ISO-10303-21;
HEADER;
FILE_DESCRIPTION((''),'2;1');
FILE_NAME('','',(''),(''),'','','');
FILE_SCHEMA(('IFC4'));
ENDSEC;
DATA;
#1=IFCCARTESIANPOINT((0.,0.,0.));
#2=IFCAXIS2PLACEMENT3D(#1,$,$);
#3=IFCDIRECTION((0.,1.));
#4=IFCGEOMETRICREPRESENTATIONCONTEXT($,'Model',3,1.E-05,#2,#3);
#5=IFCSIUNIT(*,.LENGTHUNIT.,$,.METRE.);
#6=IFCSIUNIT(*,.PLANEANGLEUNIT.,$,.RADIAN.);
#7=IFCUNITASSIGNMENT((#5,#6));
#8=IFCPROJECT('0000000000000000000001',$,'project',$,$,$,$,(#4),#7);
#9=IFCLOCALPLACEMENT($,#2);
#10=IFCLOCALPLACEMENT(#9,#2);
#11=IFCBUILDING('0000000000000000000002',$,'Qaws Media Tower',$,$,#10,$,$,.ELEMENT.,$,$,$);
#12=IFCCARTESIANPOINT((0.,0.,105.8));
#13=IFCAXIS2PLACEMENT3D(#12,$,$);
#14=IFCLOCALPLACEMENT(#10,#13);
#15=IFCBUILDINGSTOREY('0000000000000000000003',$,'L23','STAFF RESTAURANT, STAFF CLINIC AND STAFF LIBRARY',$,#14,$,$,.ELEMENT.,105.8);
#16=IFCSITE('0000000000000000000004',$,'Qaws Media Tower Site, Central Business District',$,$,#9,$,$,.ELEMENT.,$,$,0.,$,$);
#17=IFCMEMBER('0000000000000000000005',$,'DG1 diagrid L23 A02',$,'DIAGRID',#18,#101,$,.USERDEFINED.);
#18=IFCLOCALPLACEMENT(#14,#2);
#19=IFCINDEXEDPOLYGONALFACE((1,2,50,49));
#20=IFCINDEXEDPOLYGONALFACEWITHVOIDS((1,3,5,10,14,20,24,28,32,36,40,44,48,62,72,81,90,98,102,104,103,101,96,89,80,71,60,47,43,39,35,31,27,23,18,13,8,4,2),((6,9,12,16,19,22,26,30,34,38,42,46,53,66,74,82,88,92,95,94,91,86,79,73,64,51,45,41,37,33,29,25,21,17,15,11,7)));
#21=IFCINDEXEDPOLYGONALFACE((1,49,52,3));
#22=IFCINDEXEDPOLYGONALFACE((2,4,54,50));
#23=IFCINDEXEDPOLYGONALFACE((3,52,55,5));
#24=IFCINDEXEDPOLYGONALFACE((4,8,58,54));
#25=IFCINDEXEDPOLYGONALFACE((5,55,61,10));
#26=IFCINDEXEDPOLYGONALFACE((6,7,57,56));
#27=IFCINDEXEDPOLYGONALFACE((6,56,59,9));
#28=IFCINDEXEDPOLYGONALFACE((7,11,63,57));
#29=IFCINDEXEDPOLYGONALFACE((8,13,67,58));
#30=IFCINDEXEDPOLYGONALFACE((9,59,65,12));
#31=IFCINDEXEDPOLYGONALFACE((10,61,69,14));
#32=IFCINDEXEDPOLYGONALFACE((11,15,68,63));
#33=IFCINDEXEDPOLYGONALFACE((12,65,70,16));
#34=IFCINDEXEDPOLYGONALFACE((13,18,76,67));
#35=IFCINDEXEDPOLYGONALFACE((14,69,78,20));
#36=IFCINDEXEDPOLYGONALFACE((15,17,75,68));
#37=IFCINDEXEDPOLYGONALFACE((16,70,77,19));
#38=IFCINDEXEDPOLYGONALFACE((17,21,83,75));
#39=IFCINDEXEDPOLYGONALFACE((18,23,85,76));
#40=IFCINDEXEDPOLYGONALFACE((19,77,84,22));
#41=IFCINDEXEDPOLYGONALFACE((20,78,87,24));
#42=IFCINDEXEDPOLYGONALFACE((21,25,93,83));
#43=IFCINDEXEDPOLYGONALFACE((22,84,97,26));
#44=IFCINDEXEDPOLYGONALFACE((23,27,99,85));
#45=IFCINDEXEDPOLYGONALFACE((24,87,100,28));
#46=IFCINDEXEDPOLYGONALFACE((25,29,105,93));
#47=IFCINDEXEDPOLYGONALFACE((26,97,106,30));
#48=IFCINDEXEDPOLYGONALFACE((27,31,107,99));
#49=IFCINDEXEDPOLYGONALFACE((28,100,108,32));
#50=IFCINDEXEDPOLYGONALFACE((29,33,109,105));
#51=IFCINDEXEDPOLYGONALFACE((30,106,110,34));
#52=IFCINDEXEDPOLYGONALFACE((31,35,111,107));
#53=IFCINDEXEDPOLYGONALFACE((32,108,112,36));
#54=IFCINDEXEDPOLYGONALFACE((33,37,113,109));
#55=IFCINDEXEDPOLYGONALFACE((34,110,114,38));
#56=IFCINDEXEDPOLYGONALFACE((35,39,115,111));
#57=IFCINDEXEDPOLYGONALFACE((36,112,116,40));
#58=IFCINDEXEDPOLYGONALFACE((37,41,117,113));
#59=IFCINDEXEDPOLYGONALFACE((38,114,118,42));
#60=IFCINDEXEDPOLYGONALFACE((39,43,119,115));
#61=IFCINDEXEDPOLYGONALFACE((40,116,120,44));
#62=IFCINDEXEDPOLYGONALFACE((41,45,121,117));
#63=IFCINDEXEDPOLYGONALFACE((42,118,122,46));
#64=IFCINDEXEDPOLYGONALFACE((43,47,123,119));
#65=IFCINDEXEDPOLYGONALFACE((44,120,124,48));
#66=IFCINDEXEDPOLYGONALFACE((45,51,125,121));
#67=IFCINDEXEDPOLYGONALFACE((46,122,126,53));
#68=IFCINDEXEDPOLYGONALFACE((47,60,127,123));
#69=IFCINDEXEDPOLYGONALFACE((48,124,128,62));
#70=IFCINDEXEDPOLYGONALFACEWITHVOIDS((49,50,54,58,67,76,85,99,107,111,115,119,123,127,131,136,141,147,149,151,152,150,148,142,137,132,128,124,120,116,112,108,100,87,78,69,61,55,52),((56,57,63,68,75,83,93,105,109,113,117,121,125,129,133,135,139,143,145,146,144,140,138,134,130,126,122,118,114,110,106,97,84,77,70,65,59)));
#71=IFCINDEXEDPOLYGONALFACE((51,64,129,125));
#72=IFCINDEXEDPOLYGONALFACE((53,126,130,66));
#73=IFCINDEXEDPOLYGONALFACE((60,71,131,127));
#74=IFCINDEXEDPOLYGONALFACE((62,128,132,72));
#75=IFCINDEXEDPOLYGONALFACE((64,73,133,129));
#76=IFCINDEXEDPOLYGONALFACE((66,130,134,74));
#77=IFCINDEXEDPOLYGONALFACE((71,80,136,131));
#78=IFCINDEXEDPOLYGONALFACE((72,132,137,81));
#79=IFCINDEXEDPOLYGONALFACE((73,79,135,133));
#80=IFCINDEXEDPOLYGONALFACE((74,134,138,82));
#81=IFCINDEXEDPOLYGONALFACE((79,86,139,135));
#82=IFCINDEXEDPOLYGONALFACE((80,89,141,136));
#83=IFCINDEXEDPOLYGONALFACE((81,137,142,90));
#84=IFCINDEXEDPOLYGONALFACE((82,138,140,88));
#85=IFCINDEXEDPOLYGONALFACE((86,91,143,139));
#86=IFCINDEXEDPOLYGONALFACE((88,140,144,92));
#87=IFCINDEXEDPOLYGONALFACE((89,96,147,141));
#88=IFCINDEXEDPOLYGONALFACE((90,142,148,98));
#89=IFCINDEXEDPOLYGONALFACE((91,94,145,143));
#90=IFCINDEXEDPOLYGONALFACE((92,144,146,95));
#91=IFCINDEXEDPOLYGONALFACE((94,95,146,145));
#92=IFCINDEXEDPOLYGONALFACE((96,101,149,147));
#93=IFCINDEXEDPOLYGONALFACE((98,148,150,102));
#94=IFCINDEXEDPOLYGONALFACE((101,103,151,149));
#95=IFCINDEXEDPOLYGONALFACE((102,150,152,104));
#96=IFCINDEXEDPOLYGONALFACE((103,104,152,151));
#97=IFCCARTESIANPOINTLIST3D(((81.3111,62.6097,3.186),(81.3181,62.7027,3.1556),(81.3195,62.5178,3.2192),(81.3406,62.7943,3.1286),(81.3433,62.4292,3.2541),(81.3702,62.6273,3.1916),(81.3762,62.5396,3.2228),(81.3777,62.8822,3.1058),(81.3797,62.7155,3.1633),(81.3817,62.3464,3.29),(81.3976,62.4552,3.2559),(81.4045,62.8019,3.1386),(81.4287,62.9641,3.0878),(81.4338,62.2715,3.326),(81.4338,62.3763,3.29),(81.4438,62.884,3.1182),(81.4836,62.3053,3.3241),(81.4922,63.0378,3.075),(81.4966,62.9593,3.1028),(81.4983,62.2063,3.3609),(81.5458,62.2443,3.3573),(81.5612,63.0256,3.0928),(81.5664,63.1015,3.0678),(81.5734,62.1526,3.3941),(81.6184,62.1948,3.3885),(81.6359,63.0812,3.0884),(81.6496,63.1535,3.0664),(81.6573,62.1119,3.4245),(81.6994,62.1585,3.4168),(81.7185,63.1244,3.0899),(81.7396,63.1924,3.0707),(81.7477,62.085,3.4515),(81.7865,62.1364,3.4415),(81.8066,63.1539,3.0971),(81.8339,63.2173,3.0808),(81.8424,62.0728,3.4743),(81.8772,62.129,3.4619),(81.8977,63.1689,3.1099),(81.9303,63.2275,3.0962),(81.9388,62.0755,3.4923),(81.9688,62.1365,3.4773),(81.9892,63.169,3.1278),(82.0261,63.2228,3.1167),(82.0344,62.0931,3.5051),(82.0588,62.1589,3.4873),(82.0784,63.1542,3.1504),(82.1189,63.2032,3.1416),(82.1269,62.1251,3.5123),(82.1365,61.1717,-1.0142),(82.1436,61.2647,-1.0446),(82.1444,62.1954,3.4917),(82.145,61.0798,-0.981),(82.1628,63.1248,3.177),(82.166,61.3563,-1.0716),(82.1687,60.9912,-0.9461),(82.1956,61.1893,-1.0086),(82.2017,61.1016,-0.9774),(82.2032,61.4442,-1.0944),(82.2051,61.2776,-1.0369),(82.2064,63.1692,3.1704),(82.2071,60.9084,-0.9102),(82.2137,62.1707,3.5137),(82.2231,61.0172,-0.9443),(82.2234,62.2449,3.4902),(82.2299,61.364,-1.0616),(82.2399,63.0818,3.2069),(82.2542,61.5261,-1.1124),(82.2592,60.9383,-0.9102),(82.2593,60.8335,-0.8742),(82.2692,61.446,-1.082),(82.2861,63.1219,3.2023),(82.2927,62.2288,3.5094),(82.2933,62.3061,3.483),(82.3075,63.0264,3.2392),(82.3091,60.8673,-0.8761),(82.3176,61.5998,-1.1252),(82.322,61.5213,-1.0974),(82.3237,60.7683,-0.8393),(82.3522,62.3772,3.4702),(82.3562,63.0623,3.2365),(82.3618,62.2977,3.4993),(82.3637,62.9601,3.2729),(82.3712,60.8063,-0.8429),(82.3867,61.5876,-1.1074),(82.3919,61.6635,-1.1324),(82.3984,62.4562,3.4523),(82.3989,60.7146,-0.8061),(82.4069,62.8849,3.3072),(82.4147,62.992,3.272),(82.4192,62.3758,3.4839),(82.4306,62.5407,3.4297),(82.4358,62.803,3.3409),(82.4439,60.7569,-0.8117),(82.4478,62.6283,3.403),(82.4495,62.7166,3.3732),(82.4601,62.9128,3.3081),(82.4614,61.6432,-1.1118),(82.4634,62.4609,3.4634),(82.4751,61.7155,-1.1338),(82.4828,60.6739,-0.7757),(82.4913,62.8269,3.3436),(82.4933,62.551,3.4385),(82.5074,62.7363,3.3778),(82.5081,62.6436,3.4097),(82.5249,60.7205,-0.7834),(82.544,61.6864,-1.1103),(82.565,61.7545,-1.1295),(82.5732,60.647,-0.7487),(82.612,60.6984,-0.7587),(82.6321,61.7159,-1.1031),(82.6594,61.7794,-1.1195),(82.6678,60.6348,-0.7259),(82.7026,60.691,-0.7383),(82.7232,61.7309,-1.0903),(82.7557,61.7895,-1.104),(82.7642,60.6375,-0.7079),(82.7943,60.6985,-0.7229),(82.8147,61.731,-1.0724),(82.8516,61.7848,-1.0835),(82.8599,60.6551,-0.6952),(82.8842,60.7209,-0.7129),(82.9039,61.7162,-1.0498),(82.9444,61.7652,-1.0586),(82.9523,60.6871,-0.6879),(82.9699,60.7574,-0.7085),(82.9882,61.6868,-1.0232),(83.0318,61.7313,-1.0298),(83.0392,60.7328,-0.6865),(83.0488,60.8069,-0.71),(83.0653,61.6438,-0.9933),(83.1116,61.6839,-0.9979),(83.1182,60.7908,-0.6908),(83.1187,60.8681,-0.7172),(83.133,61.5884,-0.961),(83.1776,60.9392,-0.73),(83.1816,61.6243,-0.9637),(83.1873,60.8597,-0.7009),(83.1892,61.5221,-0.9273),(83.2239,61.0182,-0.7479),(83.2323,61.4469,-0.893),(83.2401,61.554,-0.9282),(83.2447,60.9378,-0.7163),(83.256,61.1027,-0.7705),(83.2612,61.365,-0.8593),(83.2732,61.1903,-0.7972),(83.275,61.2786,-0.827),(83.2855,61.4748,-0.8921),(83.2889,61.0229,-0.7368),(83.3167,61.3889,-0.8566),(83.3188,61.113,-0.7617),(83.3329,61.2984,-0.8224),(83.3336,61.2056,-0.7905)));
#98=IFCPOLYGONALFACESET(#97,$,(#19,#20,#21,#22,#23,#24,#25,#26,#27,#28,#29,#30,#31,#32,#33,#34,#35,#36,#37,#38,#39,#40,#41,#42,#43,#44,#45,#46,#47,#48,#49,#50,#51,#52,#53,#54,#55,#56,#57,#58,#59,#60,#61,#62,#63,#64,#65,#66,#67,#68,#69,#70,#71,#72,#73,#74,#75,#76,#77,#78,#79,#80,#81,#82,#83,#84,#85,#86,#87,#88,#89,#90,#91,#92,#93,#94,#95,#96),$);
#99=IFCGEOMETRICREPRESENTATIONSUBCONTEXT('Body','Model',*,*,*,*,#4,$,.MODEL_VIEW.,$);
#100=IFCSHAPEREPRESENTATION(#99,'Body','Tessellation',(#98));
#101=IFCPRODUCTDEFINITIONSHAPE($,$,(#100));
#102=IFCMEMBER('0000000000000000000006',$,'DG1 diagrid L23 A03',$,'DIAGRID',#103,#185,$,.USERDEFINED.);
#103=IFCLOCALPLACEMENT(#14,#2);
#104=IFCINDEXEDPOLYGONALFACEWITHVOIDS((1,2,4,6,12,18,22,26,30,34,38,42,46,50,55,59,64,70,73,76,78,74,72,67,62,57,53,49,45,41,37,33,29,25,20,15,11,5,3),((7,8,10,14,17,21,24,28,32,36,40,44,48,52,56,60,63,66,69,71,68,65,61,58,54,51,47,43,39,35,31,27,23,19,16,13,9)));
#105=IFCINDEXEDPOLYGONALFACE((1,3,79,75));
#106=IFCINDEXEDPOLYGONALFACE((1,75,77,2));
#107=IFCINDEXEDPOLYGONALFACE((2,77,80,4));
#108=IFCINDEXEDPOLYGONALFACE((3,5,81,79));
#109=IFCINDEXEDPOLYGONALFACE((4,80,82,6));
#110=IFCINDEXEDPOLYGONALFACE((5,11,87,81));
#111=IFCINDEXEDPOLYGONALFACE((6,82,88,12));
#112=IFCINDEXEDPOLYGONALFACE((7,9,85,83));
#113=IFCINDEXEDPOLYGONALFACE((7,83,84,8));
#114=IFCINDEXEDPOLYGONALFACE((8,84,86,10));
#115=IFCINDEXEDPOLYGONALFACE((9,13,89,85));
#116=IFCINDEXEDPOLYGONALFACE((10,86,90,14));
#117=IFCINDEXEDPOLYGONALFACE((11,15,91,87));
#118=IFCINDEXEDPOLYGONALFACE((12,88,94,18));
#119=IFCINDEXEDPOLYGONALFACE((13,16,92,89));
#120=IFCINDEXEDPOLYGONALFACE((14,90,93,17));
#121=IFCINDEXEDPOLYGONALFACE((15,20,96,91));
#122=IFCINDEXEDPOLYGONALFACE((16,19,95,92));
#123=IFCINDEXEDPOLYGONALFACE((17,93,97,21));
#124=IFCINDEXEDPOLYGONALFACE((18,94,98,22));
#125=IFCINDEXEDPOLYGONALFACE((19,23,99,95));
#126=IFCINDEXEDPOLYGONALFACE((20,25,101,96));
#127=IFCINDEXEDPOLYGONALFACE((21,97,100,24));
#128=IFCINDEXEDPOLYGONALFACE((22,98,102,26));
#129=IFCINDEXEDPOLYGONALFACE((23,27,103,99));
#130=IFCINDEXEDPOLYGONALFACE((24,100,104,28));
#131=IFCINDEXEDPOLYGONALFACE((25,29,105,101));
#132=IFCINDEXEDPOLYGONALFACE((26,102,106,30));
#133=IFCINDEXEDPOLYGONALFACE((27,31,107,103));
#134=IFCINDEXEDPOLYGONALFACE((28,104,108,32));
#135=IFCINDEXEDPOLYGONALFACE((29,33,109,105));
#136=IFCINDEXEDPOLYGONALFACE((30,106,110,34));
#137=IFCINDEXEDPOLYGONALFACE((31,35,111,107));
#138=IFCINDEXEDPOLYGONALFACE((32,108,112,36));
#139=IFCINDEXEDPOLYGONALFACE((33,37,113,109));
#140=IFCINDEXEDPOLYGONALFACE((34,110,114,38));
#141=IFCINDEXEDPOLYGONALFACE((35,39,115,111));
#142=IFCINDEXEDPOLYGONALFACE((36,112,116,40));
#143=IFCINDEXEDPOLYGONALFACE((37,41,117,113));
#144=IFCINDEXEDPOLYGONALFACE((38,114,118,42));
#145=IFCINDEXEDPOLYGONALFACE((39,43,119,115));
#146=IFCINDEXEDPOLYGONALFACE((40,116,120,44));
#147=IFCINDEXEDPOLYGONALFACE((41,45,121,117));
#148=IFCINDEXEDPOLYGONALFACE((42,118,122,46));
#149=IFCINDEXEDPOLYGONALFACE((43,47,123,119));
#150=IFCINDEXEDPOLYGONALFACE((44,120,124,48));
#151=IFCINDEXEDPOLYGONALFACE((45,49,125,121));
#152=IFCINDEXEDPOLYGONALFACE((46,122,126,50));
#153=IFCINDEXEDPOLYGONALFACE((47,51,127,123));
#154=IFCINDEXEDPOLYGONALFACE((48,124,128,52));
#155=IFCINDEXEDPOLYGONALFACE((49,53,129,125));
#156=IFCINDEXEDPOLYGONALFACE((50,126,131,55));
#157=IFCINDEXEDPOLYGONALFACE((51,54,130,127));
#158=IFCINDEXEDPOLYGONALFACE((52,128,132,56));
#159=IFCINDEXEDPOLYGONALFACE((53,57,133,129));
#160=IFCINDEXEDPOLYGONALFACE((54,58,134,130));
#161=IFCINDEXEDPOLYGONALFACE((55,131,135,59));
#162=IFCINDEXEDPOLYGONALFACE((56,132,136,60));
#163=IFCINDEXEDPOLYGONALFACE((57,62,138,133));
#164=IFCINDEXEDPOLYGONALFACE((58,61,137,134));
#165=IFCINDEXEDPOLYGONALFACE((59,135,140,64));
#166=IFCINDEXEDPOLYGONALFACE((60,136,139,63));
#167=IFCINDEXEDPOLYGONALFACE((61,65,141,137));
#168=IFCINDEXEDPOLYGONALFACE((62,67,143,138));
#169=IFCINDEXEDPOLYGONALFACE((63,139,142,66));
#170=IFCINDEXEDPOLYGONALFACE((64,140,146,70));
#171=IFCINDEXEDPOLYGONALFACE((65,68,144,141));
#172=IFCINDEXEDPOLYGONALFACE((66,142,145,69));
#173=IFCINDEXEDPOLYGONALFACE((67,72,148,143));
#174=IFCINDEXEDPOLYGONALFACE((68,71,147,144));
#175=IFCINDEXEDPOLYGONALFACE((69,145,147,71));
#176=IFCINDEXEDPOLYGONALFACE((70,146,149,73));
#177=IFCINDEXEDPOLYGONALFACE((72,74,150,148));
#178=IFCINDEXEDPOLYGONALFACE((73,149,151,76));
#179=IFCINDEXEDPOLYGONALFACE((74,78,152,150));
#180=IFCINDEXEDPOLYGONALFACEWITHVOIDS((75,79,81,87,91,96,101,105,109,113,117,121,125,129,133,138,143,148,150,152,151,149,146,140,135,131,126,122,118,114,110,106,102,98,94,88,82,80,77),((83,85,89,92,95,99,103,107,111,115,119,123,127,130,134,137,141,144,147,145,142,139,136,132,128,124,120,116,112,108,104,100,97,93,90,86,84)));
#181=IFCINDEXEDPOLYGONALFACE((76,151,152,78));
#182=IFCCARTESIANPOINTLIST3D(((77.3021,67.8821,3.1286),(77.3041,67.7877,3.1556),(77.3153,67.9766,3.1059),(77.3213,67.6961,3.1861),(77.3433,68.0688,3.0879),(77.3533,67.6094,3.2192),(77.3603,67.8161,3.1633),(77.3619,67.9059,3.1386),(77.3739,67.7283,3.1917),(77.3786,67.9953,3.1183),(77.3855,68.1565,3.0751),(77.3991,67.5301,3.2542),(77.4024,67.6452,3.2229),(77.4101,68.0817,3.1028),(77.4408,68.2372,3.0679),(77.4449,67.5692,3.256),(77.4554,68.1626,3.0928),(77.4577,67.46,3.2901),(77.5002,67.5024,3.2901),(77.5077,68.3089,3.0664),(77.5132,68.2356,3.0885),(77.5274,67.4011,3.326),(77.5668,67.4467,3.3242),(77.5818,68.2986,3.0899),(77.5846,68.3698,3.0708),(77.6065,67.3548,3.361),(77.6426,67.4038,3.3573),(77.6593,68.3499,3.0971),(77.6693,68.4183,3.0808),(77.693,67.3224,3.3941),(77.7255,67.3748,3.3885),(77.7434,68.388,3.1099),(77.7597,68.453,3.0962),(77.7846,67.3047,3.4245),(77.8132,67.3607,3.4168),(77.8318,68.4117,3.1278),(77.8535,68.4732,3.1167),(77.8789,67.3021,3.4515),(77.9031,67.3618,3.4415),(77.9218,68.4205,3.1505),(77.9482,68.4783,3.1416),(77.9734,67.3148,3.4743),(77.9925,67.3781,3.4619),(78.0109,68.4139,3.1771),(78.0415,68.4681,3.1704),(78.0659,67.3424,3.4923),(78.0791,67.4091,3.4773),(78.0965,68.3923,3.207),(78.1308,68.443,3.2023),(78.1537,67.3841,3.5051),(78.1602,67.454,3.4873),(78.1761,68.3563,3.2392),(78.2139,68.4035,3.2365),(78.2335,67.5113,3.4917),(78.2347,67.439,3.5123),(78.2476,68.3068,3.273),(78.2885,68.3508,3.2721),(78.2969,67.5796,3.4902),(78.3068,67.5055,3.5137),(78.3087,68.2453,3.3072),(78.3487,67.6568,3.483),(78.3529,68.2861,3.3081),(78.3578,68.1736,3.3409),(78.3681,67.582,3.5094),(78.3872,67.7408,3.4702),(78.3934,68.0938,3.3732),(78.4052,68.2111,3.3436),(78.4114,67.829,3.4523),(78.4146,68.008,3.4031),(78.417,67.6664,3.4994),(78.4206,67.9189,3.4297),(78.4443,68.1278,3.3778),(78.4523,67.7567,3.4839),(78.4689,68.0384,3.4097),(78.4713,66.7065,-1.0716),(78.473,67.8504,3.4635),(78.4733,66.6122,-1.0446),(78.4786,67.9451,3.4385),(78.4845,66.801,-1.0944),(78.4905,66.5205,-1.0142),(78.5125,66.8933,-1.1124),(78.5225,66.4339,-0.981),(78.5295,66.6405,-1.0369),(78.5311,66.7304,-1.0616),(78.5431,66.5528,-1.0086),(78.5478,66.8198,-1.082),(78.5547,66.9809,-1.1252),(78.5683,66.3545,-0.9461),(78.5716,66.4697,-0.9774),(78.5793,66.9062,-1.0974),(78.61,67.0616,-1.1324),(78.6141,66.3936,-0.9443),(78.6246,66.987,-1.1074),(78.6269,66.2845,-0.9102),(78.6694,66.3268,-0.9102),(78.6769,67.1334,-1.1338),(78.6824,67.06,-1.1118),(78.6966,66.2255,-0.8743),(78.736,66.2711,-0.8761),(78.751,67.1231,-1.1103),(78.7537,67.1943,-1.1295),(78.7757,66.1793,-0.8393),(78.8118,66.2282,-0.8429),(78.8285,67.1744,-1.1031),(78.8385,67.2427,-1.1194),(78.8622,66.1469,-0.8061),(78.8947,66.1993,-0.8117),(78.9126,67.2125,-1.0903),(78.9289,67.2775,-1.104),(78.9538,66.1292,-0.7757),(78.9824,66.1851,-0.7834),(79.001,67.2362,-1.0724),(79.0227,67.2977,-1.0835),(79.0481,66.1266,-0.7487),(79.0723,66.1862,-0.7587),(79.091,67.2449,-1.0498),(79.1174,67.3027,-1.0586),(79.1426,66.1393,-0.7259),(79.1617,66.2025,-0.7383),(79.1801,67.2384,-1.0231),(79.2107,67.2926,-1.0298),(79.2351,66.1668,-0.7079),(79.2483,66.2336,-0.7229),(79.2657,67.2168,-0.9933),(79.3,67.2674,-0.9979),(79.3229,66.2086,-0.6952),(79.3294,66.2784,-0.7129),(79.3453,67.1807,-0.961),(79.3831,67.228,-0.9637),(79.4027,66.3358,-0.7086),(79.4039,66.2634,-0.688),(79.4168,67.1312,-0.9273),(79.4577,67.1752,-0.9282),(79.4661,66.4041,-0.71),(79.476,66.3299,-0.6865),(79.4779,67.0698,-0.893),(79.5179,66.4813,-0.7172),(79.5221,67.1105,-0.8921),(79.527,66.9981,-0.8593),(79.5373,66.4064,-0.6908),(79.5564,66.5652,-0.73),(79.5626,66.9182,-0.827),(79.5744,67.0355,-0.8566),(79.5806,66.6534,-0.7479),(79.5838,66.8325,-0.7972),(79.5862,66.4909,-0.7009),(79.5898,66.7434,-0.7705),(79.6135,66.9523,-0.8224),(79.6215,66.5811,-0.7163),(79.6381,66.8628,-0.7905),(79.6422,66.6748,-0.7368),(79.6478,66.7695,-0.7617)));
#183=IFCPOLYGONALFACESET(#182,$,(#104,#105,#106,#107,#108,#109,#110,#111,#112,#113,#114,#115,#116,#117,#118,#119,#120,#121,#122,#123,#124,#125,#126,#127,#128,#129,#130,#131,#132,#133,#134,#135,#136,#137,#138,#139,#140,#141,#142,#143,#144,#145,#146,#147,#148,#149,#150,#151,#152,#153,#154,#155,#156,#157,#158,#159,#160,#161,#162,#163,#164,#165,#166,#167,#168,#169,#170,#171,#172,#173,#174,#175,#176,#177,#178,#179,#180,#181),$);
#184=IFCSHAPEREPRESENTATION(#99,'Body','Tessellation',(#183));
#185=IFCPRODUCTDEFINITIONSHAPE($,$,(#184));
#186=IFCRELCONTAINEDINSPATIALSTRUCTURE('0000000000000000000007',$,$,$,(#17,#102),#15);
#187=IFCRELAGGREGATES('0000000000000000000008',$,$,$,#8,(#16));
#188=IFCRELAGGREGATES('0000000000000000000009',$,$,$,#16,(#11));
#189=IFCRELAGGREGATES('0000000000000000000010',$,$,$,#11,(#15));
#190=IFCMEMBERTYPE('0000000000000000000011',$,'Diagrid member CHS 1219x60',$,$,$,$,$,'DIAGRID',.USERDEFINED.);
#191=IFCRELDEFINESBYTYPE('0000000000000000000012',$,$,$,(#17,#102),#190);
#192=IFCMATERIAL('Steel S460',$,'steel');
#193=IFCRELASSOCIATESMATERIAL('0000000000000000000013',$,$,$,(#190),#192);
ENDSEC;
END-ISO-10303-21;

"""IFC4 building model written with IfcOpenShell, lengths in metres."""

from ifc_helpers import new_model, si_unit, direction, frame, origin, origin_2d, place, context, subcontext, project, spatial, hollow_circle, extrude, material, material_profile, profile_set, type_object, element, save


model = new_model("IFC4")

# Units and contexts
model_context = context("Model", 3, precision=1e-05, world=origin(), true_north=direction((0.0, 1.0)))
body_context = subcontext(model_context, "Body", "Model", "MODEL_VIEW")
ifc_project = project(units=[si_unit("LENGTHUNIT", "METRE"), si_unit("PLANEANGLEUNIT", "RADIAN")], contexts=[model_context])

# Site, building, storey
site_placement = place(None, origin())
site = spatial("IfcSite", under=ifc_project, at=site_placement, Name="Qaws Media Tower Site, Central Business District", CompositionType="ELEMENT", RefElevation=0.0)
building_placement = place(site_placement, origin())
building = spatial("IfcBuilding", under=site, at=building_placement, Name="Qaws Media Tower", CompositionType="ELEMENT")
storey_placement = place(building_placement, frame((0.0, 0.0, 105.8)))
storey = spatial("IfcBuildingStorey", under=building, at=storey_placement, Name="L23", Description="STAFF RESTAURANT, STAFF CLINIC AND STAFF LIBRARY", CompositionType="ELEMENT", Elevation=105.8)

# Members
ifc_material_1 = material(Name="Steel S460", Category="steel")
ifc_material_profile_1 = material_profile(ifc_material_1, hollow_circle(Radius=0.6096, WallThickness=0.0601, at=origin_2d()), Name="CHS 1219x60")
ifc_profile_set_1 = profile_set([ifc_material_profile_1], Name="Steel S460")
member_type_1 = type_object("IfcMemberType", Name="Diagrid member CHS 1219x60", ElementType="DIAGRID", PredefinedType="USERDEFINED", material=ifc_profile_set_1)
for number, where, z_axis, x_axis, name in (
    (1, (82.7358, 61.2119, -0.9102), (-0.182797, 0.318448, 0.930149), (-0.867272, -0.497835, 0.0), "DG1 diagrid L23 A02"),
    (2, (79.0591, 66.7144, -0.9102), (-0.258923, 0.260329, 0.930155), (-0.709018, -0.70519, 0.0), "DG1 diagrid L23 A03"),
):
    element("IfcMember", number, at=place(storey_placement, frame(where, z_axis=z_axis, x_axis=x_axis)), inside=storey, type_object=member_type_1, Name=name, ObjectType="DIAGRID", PredefinedType="USERDEFINED", context=body_context, shape_type="SweptSolid", body=[
        extrude(hollow_circle(Radius=0.6096, WallThickness=0.0601, at=origin_2d()), origin(), (0.0, 0.0, 1.0), 4.5156),
    ])

save(model, "model.ifc")
